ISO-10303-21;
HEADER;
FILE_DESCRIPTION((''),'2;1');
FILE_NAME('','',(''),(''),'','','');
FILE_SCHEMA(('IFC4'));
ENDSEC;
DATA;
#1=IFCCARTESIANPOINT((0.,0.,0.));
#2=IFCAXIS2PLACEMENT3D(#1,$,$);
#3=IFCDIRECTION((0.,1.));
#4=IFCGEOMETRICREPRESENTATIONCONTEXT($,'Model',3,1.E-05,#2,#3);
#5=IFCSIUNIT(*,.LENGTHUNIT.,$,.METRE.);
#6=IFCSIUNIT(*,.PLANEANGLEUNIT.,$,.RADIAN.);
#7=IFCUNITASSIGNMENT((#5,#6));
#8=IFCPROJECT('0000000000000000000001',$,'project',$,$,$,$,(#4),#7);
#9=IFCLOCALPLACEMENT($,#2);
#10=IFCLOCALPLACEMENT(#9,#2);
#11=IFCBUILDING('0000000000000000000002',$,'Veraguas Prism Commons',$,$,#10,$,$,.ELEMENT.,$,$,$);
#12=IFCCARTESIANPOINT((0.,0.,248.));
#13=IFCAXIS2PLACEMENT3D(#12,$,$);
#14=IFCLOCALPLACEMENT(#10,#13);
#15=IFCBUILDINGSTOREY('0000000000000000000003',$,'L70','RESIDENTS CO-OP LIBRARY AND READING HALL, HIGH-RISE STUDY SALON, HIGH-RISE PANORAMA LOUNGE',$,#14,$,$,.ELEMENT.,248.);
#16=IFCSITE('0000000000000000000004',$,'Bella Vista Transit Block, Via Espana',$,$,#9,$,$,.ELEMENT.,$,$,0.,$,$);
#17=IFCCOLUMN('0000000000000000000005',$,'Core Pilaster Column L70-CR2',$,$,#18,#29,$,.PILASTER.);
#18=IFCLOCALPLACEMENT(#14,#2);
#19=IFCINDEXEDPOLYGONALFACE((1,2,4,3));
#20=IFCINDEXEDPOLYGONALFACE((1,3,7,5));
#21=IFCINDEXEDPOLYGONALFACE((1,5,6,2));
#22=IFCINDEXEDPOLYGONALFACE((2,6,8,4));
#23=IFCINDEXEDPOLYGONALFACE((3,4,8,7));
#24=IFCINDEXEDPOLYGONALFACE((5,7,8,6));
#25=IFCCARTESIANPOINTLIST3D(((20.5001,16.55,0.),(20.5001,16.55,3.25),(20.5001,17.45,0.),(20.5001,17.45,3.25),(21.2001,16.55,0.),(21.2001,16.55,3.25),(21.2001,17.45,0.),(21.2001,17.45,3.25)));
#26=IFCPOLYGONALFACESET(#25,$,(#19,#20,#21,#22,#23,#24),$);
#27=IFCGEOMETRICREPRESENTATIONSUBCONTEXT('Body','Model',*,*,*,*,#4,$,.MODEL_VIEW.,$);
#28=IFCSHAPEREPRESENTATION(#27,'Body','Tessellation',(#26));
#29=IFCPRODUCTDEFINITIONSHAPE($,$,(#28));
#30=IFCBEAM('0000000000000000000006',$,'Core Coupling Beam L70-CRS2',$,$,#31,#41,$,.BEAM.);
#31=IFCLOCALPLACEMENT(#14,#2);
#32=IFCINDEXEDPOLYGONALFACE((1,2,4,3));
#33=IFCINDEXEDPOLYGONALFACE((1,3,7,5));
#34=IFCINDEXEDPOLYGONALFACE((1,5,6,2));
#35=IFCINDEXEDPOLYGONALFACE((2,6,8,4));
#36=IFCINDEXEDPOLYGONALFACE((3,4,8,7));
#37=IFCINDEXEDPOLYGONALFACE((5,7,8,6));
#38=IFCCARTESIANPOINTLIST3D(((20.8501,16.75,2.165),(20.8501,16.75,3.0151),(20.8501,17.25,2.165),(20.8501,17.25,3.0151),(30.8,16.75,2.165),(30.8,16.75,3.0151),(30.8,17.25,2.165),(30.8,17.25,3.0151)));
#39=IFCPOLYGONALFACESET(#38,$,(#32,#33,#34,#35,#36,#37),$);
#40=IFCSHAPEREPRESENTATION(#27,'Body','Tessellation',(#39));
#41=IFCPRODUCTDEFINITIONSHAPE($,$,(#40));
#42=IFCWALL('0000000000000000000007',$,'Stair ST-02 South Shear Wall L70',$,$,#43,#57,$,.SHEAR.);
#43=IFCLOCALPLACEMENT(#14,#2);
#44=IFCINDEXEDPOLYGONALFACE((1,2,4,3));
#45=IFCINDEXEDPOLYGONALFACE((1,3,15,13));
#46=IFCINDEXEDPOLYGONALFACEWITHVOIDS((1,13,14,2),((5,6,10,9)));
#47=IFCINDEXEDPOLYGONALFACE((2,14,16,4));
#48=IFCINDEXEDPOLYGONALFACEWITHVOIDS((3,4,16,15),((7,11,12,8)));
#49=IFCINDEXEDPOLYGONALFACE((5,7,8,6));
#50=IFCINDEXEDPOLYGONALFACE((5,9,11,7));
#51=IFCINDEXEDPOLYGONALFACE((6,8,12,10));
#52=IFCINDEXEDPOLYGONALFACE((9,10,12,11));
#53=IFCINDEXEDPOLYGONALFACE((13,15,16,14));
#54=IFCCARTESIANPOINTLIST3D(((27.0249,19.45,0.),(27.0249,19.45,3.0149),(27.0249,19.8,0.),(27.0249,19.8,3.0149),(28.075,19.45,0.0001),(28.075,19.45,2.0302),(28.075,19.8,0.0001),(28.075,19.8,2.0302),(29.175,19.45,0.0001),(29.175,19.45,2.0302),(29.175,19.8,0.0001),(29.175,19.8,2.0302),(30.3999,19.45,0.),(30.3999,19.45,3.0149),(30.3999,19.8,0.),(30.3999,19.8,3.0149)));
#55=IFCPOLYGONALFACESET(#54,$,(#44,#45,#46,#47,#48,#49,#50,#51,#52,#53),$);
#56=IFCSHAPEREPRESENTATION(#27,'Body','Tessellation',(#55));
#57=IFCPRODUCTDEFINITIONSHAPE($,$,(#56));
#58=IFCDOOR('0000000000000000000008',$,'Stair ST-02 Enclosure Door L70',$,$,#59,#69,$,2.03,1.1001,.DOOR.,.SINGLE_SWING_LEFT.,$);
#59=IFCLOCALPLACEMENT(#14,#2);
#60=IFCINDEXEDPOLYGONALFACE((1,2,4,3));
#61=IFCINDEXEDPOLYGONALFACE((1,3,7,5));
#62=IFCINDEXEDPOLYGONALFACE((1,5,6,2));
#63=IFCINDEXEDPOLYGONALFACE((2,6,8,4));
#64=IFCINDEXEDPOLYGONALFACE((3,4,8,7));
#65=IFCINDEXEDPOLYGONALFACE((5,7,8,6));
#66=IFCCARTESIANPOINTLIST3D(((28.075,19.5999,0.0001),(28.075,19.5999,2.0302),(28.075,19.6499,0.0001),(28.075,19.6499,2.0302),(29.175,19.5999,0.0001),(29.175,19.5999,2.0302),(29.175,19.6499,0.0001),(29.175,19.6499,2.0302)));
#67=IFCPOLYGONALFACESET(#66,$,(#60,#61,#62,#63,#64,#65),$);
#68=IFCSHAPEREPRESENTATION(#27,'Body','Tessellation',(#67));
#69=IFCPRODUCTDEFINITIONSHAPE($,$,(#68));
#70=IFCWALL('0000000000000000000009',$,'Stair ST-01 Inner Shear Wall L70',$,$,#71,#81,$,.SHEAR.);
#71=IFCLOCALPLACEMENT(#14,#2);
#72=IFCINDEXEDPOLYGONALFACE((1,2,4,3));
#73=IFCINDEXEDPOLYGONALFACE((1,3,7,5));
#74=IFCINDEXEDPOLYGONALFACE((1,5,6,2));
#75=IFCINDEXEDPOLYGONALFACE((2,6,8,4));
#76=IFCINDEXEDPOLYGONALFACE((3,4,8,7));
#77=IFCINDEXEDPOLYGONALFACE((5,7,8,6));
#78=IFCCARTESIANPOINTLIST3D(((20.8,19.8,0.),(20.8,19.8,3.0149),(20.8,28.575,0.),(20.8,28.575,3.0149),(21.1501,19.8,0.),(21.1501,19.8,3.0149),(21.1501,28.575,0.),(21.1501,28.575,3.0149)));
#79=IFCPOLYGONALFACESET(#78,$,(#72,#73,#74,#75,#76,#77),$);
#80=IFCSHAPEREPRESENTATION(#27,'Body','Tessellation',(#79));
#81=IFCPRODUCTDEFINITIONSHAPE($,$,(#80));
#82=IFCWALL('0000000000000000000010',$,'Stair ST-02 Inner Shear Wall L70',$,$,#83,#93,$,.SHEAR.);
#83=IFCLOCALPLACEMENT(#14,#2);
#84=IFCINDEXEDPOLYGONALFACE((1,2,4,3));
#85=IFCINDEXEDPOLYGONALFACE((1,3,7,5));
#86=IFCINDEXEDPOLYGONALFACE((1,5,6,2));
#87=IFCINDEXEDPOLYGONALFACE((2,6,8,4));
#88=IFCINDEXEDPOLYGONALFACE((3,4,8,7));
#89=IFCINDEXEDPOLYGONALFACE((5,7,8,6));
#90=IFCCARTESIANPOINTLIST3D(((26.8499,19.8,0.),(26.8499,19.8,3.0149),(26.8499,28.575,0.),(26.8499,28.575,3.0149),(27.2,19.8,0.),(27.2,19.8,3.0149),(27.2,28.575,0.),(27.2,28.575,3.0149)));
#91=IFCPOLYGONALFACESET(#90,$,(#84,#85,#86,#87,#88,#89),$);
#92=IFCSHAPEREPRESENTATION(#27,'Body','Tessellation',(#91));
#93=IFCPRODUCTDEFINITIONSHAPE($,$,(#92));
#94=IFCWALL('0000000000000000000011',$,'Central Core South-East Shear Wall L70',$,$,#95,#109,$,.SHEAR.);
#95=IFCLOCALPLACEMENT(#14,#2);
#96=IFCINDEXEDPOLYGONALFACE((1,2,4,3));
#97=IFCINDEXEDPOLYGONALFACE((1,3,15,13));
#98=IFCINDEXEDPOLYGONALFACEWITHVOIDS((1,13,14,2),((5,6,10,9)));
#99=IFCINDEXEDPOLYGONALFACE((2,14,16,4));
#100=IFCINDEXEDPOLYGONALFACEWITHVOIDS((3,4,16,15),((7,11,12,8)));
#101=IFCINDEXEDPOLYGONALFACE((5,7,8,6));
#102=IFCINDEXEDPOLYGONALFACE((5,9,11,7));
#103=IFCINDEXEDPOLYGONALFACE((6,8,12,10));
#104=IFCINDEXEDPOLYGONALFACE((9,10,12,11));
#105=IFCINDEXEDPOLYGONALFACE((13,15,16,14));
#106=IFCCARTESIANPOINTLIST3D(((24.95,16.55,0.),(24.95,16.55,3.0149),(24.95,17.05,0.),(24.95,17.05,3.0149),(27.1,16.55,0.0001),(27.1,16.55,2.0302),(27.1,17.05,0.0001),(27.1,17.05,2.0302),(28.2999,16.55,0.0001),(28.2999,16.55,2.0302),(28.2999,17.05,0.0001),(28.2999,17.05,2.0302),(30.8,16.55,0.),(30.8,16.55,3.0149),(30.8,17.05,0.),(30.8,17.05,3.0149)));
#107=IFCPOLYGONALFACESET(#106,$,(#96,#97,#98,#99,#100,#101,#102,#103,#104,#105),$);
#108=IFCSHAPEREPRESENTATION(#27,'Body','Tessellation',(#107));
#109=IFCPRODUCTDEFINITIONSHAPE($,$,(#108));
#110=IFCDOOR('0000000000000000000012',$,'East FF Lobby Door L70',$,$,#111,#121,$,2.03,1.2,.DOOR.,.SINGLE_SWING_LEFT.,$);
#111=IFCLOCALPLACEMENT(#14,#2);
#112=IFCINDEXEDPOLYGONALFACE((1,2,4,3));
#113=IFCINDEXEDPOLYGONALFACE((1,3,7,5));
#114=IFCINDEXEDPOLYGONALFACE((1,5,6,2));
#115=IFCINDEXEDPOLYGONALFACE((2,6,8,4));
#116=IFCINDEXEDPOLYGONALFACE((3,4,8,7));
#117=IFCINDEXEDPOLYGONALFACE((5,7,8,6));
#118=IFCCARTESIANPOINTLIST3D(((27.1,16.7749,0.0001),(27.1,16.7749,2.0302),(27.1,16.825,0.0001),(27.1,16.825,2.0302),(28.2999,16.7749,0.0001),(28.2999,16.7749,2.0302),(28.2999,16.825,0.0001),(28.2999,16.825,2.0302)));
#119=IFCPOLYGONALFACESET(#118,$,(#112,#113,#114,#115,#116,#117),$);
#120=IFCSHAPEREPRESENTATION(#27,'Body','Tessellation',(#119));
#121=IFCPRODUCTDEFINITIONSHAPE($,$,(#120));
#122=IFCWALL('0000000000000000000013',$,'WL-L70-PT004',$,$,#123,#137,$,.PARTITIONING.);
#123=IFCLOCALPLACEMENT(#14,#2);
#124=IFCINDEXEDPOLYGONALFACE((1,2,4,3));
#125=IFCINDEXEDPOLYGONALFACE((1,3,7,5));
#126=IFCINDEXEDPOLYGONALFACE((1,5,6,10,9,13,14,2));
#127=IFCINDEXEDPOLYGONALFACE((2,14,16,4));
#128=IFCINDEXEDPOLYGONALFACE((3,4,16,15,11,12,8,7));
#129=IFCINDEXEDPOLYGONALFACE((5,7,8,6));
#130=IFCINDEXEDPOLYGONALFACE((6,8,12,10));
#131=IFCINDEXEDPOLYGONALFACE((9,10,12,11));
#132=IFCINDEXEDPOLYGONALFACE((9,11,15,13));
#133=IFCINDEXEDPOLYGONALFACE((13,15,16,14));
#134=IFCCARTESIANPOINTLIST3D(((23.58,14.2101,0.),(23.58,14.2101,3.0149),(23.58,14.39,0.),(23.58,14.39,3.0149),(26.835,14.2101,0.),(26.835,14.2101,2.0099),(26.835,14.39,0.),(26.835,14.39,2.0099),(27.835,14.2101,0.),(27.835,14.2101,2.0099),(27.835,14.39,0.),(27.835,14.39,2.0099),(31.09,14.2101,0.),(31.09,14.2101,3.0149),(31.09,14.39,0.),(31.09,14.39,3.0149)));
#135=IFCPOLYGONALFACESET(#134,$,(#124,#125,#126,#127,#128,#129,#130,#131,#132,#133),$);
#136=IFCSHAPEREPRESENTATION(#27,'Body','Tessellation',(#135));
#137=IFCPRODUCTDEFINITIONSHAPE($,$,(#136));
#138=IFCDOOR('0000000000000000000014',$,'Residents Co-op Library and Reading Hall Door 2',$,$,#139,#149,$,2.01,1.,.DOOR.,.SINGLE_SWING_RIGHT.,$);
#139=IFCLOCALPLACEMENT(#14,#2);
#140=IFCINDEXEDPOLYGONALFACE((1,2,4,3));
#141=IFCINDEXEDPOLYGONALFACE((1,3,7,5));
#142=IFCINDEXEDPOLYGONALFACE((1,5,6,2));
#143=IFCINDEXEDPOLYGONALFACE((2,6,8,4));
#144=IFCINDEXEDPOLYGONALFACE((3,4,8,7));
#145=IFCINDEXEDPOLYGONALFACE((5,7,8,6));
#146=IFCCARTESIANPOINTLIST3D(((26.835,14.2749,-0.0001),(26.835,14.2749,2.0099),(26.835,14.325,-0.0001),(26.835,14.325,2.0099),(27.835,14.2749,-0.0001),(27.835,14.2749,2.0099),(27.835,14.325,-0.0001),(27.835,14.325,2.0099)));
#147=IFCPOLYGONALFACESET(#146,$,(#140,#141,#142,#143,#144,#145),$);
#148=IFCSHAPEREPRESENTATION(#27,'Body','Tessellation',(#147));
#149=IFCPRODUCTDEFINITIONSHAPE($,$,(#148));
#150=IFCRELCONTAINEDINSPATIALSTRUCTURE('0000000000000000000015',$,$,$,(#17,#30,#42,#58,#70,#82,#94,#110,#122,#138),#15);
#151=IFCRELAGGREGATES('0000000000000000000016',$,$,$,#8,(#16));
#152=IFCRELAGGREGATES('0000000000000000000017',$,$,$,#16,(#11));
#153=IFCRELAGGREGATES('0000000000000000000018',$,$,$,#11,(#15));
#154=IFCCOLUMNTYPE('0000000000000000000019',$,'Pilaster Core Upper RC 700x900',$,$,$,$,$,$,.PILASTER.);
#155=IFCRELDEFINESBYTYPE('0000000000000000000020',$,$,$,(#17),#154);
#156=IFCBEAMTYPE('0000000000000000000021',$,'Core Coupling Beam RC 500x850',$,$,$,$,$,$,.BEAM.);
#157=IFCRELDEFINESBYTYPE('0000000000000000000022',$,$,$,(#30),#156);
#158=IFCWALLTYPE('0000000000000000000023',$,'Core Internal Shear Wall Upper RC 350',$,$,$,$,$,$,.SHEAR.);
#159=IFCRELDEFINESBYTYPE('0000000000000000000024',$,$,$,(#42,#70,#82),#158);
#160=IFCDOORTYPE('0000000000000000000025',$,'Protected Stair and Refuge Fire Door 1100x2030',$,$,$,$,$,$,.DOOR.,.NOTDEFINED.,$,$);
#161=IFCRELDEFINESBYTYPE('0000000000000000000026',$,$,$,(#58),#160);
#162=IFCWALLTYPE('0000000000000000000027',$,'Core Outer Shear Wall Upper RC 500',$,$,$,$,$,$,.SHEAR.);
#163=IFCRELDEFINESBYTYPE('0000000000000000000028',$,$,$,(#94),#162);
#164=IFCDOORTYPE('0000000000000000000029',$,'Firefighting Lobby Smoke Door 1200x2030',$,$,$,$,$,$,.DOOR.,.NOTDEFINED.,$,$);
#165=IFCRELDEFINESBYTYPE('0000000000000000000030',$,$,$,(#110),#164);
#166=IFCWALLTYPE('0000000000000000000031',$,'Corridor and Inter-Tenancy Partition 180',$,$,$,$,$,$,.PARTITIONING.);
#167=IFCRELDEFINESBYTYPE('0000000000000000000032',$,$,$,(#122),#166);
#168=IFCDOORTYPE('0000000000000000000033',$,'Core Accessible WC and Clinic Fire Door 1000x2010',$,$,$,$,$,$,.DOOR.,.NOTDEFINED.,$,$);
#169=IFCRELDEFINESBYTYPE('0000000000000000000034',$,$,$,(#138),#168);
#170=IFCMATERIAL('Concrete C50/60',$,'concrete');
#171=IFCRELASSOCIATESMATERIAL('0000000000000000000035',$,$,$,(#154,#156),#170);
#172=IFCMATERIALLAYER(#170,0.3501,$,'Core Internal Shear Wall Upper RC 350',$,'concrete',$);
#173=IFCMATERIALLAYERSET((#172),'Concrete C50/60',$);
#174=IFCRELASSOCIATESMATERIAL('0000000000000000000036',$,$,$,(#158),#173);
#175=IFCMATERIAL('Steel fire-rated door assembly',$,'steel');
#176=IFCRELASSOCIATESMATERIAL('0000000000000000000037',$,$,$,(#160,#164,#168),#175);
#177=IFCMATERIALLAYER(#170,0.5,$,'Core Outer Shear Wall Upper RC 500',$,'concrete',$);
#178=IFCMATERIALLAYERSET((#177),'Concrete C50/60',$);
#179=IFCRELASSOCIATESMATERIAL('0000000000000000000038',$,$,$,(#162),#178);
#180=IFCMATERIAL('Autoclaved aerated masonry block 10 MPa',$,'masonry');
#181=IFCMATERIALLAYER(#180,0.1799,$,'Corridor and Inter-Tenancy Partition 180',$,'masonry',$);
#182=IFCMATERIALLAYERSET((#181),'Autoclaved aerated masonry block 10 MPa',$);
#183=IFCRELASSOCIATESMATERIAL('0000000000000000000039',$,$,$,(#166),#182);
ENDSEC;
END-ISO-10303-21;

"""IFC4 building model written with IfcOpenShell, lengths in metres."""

from ifc_helpers import new_model, si_unit, direction, frame, frame_2d, origin, origin_2d, place, context, subcontext, project, spatial, rectangle, extrude, source, transform, mapped, material, layer, layer_set, material_profile, profile_set, type_object, element, fill, save


model = new_model("IFC4")

# Units and contexts
model_context = context("Model", 3, precision=1e-05, world=origin(), true_north=direction((0.0, 1.0)))
body_context = subcontext(model_context, "Body", "Model", "MODEL_VIEW")
ifc_project = project(units=[si_unit("LENGTHUNIT", "METRE"), si_unit("PLANEANGLEUNIT", "RADIAN")], contexts=[model_context])

# Site, building, storey
site_placement = place(None, origin())
site = spatial("IfcSite", under=ifc_project, at=site_placement, Name="Bella Vista Transit Block, Via Espana", CompositionType="ELEMENT", RefElevation=0.0)
building_placement = place(site_placement, origin())
building = spatial("IfcBuilding", under=site, at=building_placement, Name="Veraguas Prism Commons", CompositionType="ELEMENT")
storey_placement = place(building_placement, frame((0.0, 0.0, 248.0)))
storey = spatial("IfcBuildingStorey", under=building, at=storey_placement, Name="L70", Description="RESIDENTS CO-OP LIBRARY AND READING HALL, HIGH-RISE STUDY SALON, HIGH-RISE PANORAMA LOUNGE", CompositionType="ELEMENT", Elevation=248.0)

# Column
ifc_material_1 = material(Name="Concrete C50/60", Category="concrete")
ifc_material_profile_1 = material_profile(ifc_material_1, rectangle(XDim=0.7, YDim=0.8999, at=origin_2d()), Name="RC700X900")
ifc_profile_set_1 = profile_set([ifc_material_profile_1], Name="Concrete C50/60")
column_type = type_object("IfcColumnType", Name="Pilaster Core Upper RC 700x900", PredefinedType="PILASTER", material=ifc_profile_set_1)
column_placement = place(storey_placement, frame((20.8501, 17.0, 0.0), z_axis=(0.0, 0.0, 1.0), x_axis=(1.0, 0.0, 0.0)))
element("IfcColumn", 1, at=column_placement, inside=storey, type_object=column_type, Name="Core Pilaster Column L70-CR2", PredefinedType="PILASTER", context=body_context, shape_type="SweptSolid", body=[
    extrude(rectangle(XDim=0.7, YDim=0.8999, at=origin_2d()), origin(), (0.0, 0.0, 1.0), 3.25),
])

# Beam
ifc_material_profile_2 = material_profile(ifc_material_1, rectangle(XDim=0.5, YDim=0.8501, at=origin_2d()), Name="RC500X850")
ifc_profile_set_2 = profile_set([ifc_material_profile_2], Name="Concrete C50/60")
beam_type = type_object("IfcBeamType", Name="Core Coupling Beam RC 500x850", PredefinedType="BEAM", material=ifc_profile_set_2)
beam_placement = place(storey_placement, frame((20.8501, 17.0, 2.5901), z_axis=(1.0, 0.0, 0.0), x_axis=(0.0, 1.0, 0.0)))
element("IfcBeam", 2, at=beam_placement, inside=storey, type_object=beam_type, Name="Core Coupling Beam L70-CRS2", PredefinedType="BEAM", context=body_context, shape_type="SweptSolid", body=[
    extrude(rectangle(XDim=0.5, YDim=0.8501, at=origin_2d()), origin(), (0.0, 0.0, 1.0), 9.95),
])

# Wall, opening, door
ifc_layer_1 = layer(ifc_material_1, 0.3501, Name="Core Internal Shear Wall Upper RC 350", Category="concrete")
ifc_layer_set_1 = layer_set([ifc_layer_1], Name="Concrete C50/60")
wall_type_1 = type_object("IfcWallType", Name="Core Internal Shear Wall Upper RC 350", PredefinedType="SHEAR", material=ifc_layer_set_1)
wall_1_placement = place(storey_placement, frame((27.0249, 19.625, 0.0), z_axis=(0.0, 0.0, 1.0), x_axis=(1.0, 0.0, 0.0)))
wall_1 = element("IfcWall", 3, at=wall_1_placement, inside=storey, type_object=wall_type_1, Name="Stair ST-02 South Shear Wall L70", PredefinedType="SHEAR", context=body_context, shape_type="SweptSolid", body=[
    extrude(rectangle(XDim=3.375, YDim=0.3501, at=frame_2d((1.6875, 0.0))), origin(), (0.0, 0.0, 1.0), 3.0149),
])
opening_1_placement = place(wall_1_placement, frame((1.05, 0.0, 0.0)))
opening_1 = element("IfcOpeningElement", 4, at=opening_1_placement, cuts=wall_1, PredefinedType="OPENING", context=body_context, shape_type="SweptSolid", body=[
    extrude(rectangle(XDim=1.1001, YDim=2.03, at=frame_2d((0.55, 1.0151))), frame((0.0, 0.1851, 0.0), z_axis=(0.0, -1.0, 0.0), x_axis=(1.0, 0.0, 0.0)), (0.0, 0.0, 1.0), 0.3701),
])
ifc_material_2 = material(Name="Steel fire-rated door assembly", Category="steel")
door_type_1 = type_object("IfcDoorType", Name="Protected Stair and Refuge Fire Door 1100x2030", OperationType="NOTDEFINED", PredefinedType="DOOR", material=ifc_material_2)
shared_shape_1 = source(origin(), body_context, "Body", "SweptSolid", [
    extrude(rectangle(XDim=1.1001, YDim=2.03, at=frame_2d((0.55, 1.0151))), frame((0.0, 0.0249, 0.0), z_axis=(0.0, -1.0, 0.0), x_axis=(1.0, 0.0, 0.0)), (0.0, 0.0, 1.0), 0.05),
])
door_1_placement = place(opening_1_placement, origin())
door_1 = element("IfcDoor", 5, at=door_1_placement, inside=storey, type_object=door_type_1, Name="Stair ST-02 Enclosure Door L70", OperationType="SINGLE_SWING_LEFT", OverallHeight=2.03, OverallWidth=1.1001, PredefinedType="DOOR", context=body_context, shape_type="MappedRepresentation", body=[
    mapped(shared_shape_1, transform((0.0, 0.0, 0.0), scale=1.0)),
])
fill(opening_1, door_1)

# Walls
for number, where, z_axis, x_axis, name in (
    (6, (20.9751, 19.8, 0.0), (0.0, 0.0, 1.0), (0.0, 1.0, 0.0), "Stair ST-01 Inner Shear Wall L70"),
    (7, (27.0249, 19.8, 0.0), (0.0, 0.0, 1.0), (0.0, 1.0, 0.0), "Stair ST-02 Inner Shear Wall L70"),
):
    element("IfcWall", number, at=place(storey_placement, frame(where, z_axis=z_axis, x_axis=x_axis)), inside=storey, type_object=wall_type_1, Name=name, PredefinedType="SHEAR", context=body_context, shape_type="SweptSolid", body=[
        extrude(rectangle(XDim=8.7749, YDim=0.3501, at=frame_2d((4.3875, 0.0))), origin(), (0.0, 0.0, 1.0), 3.0149),
    ])

# Walls, openings, doors
ifc_layer_2 = layer(ifc_material_1, 0.5, Name="Core Outer Shear Wall Upper RC 500", Category="concrete")
ifc_layer_set_2 = layer_set([ifc_layer_2], Name="Concrete C50/60")
wall_type_2 = type_object("IfcWallType", Name="Core Outer Shear Wall Upper RC 500", PredefinedType="SHEAR", material=ifc_layer_set_2)
wall_2_placement = place(storey_placement, frame((24.95, 16.8, 0.0), z_axis=(0.0, 0.0, 1.0), x_axis=(1.0, 0.0, 0.0)))
wall_2 = element("IfcWall", 8, at=wall_2_placement, inside=storey, type_object=wall_type_2, Name="Central Core South-East Shear Wall L70", PredefinedType="SHEAR", context=body_context, shape_type="SweptSolid", body=[
    extrude(rectangle(XDim=5.8501, YDim=0.5, at=frame_2d((2.925, 0.0))), origin(), (0.0, 0.0, 1.0), 3.0149),
])
opening_2_placement = place(wall_2_placement, frame((2.1499, 0.0, 0.0)))
opening_2 = element("IfcOpeningElement", 9, at=opening_2_placement, cuts=wall_2, PredefinedType="OPENING", context=body_context, shape_type="SweptSolid", body=[
    extrude(rectangle(XDim=1.2, YDim=2.03, at=frame_2d((0.6001, 1.0151))), frame((0.0, 0.26, 0.0), z_axis=(0.0, -1.0, 0.0), x_axis=(1.0, 0.0, 0.0)), (0.0, 0.0, 1.0), 0.52),
])
door_type_2 = type_object("IfcDoorType", Name="Firefighting Lobby Smoke Door 1200x2030", OperationType="NOTDEFINED", PredefinedType="DOOR", material=ifc_material_2)
shared_shape_2 = source(origin(), body_context, "Body", "SweptSolid", [
    extrude(rectangle(XDim=1.2, YDim=2.03, at=frame_2d((0.6001, 1.0151))), frame((0.0, 0.0249, 0.0), z_axis=(0.0, -1.0, 0.0), x_axis=(1.0, 0.0, 0.0)), (0.0, 0.0, 1.0), 0.05),
])
door_2_placement = place(opening_2_placement, origin())
door_2 = element("IfcDoor", 10, at=door_2_placement, inside=storey, type_object=door_type_2, Name="East FF Lobby Door L70", OperationType="SINGLE_SWING_LEFT", OverallHeight=2.03, OverallWidth=1.2, PredefinedType="DOOR", context=body_context, shape_type="MappedRepresentation", body=[
    mapped(shared_shape_2, transform((0.0, 0.0, 0.0), scale=1.0)),
])
fill(opening_2, door_2)
ifc_material_3 = material(Name="Autoclaved aerated masonry block 10 MPa", Category="masonry")
ifc_layer_3 = layer(ifc_material_3, 0.1799, Name="Corridor and Inter-Tenancy Partition 180", Category="masonry")
ifc_layer_set_3 = layer_set([ifc_layer_3], Name="Autoclaved aerated masonry block 10 MPa")
wall_type_3 = type_object("IfcWallType", Name="Corridor and Inter-Tenancy Partition 180", PredefinedType="PARTITIONING", material=ifc_layer_set_3)
wall_3_placement = place(storey_placement, frame((23.5801, 14.3, 0.0), z_axis=(0.0, 0.0, 1.0), x_axis=(1.0, 0.0, 0.0)))
wall_3 = element("IfcWall", 11, at=wall_3_placement, inside=storey, type_object=wall_type_3, Name="WL-L70-PT004", PredefinedType="PARTITIONING", context=body_context, shape_type="SweptSolid", body=[
    extrude(rectangle(XDim=7.51, YDim=0.1799, at=frame_2d((3.7549, 0.0))), origin(), (0.0, 0.0, 1.0), 3.0149),
])
opening_3_placement = place(wall_3_placement, frame((3.2549, 0.0, 0.0)))
opening_3 = element("IfcOpeningElement", 12, at=opening_3_placement, cuts=wall_3, PredefinedType="OPENING", context=body_context, shape_type="SweptSolid", body=[
    extrude(rectangle(XDim=1.0, YDim=2.01, at=frame_2d((0.5, 1.0049))), frame((0.0, 0.0999, 0.0), z_axis=(0.0, -1.0, 0.0), x_axis=(1.0, 0.0, 0.0)), (0.0, 0.0, 1.0), 0.2),
])
door_type_3 = type_object("IfcDoorType", Name="Core Accessible WC and Clinic Fire Door 1000x2010", OperationType="NOTDEFINED", PredefinedType="DOOR", material=ifc_material_2)
shared_shape_3 = source(origin(), body_context, "Body", "SweptSolid", [
    extrude(rectangle(XDim=1.0, YDim=2.01, at=frame_2d((0.5, 1.0049))), frame((0.0, 0.0249, 0.0), z_axis=(0.0, -1.0, 0.0), x_axis=(1.0, 0.0, 0.0)), (0.0, 0.0, 1.0), 0.05),
])
door_3_placement = place(opening_3_placement, origin())
door_3 = element("IfcDoor", 13, at=door_3_placement, inside=storey, type_object=door_type_3, Name="Residents Co-op Library and Reading Hall Door 2", OperationType="SINGLE_SWING_RIGHT", OverallHeight=2.01, OverallWidth=1.0, PredefinedType="DOOR", context=body_context, shape_type="MappedRepresentation", body=[
    mapped(shared_shape_3, transform((0.0, 0.0, 0.0), scale=1.0)),
])
fill(opening_3, door_3)

save(model, "model.ifc")
